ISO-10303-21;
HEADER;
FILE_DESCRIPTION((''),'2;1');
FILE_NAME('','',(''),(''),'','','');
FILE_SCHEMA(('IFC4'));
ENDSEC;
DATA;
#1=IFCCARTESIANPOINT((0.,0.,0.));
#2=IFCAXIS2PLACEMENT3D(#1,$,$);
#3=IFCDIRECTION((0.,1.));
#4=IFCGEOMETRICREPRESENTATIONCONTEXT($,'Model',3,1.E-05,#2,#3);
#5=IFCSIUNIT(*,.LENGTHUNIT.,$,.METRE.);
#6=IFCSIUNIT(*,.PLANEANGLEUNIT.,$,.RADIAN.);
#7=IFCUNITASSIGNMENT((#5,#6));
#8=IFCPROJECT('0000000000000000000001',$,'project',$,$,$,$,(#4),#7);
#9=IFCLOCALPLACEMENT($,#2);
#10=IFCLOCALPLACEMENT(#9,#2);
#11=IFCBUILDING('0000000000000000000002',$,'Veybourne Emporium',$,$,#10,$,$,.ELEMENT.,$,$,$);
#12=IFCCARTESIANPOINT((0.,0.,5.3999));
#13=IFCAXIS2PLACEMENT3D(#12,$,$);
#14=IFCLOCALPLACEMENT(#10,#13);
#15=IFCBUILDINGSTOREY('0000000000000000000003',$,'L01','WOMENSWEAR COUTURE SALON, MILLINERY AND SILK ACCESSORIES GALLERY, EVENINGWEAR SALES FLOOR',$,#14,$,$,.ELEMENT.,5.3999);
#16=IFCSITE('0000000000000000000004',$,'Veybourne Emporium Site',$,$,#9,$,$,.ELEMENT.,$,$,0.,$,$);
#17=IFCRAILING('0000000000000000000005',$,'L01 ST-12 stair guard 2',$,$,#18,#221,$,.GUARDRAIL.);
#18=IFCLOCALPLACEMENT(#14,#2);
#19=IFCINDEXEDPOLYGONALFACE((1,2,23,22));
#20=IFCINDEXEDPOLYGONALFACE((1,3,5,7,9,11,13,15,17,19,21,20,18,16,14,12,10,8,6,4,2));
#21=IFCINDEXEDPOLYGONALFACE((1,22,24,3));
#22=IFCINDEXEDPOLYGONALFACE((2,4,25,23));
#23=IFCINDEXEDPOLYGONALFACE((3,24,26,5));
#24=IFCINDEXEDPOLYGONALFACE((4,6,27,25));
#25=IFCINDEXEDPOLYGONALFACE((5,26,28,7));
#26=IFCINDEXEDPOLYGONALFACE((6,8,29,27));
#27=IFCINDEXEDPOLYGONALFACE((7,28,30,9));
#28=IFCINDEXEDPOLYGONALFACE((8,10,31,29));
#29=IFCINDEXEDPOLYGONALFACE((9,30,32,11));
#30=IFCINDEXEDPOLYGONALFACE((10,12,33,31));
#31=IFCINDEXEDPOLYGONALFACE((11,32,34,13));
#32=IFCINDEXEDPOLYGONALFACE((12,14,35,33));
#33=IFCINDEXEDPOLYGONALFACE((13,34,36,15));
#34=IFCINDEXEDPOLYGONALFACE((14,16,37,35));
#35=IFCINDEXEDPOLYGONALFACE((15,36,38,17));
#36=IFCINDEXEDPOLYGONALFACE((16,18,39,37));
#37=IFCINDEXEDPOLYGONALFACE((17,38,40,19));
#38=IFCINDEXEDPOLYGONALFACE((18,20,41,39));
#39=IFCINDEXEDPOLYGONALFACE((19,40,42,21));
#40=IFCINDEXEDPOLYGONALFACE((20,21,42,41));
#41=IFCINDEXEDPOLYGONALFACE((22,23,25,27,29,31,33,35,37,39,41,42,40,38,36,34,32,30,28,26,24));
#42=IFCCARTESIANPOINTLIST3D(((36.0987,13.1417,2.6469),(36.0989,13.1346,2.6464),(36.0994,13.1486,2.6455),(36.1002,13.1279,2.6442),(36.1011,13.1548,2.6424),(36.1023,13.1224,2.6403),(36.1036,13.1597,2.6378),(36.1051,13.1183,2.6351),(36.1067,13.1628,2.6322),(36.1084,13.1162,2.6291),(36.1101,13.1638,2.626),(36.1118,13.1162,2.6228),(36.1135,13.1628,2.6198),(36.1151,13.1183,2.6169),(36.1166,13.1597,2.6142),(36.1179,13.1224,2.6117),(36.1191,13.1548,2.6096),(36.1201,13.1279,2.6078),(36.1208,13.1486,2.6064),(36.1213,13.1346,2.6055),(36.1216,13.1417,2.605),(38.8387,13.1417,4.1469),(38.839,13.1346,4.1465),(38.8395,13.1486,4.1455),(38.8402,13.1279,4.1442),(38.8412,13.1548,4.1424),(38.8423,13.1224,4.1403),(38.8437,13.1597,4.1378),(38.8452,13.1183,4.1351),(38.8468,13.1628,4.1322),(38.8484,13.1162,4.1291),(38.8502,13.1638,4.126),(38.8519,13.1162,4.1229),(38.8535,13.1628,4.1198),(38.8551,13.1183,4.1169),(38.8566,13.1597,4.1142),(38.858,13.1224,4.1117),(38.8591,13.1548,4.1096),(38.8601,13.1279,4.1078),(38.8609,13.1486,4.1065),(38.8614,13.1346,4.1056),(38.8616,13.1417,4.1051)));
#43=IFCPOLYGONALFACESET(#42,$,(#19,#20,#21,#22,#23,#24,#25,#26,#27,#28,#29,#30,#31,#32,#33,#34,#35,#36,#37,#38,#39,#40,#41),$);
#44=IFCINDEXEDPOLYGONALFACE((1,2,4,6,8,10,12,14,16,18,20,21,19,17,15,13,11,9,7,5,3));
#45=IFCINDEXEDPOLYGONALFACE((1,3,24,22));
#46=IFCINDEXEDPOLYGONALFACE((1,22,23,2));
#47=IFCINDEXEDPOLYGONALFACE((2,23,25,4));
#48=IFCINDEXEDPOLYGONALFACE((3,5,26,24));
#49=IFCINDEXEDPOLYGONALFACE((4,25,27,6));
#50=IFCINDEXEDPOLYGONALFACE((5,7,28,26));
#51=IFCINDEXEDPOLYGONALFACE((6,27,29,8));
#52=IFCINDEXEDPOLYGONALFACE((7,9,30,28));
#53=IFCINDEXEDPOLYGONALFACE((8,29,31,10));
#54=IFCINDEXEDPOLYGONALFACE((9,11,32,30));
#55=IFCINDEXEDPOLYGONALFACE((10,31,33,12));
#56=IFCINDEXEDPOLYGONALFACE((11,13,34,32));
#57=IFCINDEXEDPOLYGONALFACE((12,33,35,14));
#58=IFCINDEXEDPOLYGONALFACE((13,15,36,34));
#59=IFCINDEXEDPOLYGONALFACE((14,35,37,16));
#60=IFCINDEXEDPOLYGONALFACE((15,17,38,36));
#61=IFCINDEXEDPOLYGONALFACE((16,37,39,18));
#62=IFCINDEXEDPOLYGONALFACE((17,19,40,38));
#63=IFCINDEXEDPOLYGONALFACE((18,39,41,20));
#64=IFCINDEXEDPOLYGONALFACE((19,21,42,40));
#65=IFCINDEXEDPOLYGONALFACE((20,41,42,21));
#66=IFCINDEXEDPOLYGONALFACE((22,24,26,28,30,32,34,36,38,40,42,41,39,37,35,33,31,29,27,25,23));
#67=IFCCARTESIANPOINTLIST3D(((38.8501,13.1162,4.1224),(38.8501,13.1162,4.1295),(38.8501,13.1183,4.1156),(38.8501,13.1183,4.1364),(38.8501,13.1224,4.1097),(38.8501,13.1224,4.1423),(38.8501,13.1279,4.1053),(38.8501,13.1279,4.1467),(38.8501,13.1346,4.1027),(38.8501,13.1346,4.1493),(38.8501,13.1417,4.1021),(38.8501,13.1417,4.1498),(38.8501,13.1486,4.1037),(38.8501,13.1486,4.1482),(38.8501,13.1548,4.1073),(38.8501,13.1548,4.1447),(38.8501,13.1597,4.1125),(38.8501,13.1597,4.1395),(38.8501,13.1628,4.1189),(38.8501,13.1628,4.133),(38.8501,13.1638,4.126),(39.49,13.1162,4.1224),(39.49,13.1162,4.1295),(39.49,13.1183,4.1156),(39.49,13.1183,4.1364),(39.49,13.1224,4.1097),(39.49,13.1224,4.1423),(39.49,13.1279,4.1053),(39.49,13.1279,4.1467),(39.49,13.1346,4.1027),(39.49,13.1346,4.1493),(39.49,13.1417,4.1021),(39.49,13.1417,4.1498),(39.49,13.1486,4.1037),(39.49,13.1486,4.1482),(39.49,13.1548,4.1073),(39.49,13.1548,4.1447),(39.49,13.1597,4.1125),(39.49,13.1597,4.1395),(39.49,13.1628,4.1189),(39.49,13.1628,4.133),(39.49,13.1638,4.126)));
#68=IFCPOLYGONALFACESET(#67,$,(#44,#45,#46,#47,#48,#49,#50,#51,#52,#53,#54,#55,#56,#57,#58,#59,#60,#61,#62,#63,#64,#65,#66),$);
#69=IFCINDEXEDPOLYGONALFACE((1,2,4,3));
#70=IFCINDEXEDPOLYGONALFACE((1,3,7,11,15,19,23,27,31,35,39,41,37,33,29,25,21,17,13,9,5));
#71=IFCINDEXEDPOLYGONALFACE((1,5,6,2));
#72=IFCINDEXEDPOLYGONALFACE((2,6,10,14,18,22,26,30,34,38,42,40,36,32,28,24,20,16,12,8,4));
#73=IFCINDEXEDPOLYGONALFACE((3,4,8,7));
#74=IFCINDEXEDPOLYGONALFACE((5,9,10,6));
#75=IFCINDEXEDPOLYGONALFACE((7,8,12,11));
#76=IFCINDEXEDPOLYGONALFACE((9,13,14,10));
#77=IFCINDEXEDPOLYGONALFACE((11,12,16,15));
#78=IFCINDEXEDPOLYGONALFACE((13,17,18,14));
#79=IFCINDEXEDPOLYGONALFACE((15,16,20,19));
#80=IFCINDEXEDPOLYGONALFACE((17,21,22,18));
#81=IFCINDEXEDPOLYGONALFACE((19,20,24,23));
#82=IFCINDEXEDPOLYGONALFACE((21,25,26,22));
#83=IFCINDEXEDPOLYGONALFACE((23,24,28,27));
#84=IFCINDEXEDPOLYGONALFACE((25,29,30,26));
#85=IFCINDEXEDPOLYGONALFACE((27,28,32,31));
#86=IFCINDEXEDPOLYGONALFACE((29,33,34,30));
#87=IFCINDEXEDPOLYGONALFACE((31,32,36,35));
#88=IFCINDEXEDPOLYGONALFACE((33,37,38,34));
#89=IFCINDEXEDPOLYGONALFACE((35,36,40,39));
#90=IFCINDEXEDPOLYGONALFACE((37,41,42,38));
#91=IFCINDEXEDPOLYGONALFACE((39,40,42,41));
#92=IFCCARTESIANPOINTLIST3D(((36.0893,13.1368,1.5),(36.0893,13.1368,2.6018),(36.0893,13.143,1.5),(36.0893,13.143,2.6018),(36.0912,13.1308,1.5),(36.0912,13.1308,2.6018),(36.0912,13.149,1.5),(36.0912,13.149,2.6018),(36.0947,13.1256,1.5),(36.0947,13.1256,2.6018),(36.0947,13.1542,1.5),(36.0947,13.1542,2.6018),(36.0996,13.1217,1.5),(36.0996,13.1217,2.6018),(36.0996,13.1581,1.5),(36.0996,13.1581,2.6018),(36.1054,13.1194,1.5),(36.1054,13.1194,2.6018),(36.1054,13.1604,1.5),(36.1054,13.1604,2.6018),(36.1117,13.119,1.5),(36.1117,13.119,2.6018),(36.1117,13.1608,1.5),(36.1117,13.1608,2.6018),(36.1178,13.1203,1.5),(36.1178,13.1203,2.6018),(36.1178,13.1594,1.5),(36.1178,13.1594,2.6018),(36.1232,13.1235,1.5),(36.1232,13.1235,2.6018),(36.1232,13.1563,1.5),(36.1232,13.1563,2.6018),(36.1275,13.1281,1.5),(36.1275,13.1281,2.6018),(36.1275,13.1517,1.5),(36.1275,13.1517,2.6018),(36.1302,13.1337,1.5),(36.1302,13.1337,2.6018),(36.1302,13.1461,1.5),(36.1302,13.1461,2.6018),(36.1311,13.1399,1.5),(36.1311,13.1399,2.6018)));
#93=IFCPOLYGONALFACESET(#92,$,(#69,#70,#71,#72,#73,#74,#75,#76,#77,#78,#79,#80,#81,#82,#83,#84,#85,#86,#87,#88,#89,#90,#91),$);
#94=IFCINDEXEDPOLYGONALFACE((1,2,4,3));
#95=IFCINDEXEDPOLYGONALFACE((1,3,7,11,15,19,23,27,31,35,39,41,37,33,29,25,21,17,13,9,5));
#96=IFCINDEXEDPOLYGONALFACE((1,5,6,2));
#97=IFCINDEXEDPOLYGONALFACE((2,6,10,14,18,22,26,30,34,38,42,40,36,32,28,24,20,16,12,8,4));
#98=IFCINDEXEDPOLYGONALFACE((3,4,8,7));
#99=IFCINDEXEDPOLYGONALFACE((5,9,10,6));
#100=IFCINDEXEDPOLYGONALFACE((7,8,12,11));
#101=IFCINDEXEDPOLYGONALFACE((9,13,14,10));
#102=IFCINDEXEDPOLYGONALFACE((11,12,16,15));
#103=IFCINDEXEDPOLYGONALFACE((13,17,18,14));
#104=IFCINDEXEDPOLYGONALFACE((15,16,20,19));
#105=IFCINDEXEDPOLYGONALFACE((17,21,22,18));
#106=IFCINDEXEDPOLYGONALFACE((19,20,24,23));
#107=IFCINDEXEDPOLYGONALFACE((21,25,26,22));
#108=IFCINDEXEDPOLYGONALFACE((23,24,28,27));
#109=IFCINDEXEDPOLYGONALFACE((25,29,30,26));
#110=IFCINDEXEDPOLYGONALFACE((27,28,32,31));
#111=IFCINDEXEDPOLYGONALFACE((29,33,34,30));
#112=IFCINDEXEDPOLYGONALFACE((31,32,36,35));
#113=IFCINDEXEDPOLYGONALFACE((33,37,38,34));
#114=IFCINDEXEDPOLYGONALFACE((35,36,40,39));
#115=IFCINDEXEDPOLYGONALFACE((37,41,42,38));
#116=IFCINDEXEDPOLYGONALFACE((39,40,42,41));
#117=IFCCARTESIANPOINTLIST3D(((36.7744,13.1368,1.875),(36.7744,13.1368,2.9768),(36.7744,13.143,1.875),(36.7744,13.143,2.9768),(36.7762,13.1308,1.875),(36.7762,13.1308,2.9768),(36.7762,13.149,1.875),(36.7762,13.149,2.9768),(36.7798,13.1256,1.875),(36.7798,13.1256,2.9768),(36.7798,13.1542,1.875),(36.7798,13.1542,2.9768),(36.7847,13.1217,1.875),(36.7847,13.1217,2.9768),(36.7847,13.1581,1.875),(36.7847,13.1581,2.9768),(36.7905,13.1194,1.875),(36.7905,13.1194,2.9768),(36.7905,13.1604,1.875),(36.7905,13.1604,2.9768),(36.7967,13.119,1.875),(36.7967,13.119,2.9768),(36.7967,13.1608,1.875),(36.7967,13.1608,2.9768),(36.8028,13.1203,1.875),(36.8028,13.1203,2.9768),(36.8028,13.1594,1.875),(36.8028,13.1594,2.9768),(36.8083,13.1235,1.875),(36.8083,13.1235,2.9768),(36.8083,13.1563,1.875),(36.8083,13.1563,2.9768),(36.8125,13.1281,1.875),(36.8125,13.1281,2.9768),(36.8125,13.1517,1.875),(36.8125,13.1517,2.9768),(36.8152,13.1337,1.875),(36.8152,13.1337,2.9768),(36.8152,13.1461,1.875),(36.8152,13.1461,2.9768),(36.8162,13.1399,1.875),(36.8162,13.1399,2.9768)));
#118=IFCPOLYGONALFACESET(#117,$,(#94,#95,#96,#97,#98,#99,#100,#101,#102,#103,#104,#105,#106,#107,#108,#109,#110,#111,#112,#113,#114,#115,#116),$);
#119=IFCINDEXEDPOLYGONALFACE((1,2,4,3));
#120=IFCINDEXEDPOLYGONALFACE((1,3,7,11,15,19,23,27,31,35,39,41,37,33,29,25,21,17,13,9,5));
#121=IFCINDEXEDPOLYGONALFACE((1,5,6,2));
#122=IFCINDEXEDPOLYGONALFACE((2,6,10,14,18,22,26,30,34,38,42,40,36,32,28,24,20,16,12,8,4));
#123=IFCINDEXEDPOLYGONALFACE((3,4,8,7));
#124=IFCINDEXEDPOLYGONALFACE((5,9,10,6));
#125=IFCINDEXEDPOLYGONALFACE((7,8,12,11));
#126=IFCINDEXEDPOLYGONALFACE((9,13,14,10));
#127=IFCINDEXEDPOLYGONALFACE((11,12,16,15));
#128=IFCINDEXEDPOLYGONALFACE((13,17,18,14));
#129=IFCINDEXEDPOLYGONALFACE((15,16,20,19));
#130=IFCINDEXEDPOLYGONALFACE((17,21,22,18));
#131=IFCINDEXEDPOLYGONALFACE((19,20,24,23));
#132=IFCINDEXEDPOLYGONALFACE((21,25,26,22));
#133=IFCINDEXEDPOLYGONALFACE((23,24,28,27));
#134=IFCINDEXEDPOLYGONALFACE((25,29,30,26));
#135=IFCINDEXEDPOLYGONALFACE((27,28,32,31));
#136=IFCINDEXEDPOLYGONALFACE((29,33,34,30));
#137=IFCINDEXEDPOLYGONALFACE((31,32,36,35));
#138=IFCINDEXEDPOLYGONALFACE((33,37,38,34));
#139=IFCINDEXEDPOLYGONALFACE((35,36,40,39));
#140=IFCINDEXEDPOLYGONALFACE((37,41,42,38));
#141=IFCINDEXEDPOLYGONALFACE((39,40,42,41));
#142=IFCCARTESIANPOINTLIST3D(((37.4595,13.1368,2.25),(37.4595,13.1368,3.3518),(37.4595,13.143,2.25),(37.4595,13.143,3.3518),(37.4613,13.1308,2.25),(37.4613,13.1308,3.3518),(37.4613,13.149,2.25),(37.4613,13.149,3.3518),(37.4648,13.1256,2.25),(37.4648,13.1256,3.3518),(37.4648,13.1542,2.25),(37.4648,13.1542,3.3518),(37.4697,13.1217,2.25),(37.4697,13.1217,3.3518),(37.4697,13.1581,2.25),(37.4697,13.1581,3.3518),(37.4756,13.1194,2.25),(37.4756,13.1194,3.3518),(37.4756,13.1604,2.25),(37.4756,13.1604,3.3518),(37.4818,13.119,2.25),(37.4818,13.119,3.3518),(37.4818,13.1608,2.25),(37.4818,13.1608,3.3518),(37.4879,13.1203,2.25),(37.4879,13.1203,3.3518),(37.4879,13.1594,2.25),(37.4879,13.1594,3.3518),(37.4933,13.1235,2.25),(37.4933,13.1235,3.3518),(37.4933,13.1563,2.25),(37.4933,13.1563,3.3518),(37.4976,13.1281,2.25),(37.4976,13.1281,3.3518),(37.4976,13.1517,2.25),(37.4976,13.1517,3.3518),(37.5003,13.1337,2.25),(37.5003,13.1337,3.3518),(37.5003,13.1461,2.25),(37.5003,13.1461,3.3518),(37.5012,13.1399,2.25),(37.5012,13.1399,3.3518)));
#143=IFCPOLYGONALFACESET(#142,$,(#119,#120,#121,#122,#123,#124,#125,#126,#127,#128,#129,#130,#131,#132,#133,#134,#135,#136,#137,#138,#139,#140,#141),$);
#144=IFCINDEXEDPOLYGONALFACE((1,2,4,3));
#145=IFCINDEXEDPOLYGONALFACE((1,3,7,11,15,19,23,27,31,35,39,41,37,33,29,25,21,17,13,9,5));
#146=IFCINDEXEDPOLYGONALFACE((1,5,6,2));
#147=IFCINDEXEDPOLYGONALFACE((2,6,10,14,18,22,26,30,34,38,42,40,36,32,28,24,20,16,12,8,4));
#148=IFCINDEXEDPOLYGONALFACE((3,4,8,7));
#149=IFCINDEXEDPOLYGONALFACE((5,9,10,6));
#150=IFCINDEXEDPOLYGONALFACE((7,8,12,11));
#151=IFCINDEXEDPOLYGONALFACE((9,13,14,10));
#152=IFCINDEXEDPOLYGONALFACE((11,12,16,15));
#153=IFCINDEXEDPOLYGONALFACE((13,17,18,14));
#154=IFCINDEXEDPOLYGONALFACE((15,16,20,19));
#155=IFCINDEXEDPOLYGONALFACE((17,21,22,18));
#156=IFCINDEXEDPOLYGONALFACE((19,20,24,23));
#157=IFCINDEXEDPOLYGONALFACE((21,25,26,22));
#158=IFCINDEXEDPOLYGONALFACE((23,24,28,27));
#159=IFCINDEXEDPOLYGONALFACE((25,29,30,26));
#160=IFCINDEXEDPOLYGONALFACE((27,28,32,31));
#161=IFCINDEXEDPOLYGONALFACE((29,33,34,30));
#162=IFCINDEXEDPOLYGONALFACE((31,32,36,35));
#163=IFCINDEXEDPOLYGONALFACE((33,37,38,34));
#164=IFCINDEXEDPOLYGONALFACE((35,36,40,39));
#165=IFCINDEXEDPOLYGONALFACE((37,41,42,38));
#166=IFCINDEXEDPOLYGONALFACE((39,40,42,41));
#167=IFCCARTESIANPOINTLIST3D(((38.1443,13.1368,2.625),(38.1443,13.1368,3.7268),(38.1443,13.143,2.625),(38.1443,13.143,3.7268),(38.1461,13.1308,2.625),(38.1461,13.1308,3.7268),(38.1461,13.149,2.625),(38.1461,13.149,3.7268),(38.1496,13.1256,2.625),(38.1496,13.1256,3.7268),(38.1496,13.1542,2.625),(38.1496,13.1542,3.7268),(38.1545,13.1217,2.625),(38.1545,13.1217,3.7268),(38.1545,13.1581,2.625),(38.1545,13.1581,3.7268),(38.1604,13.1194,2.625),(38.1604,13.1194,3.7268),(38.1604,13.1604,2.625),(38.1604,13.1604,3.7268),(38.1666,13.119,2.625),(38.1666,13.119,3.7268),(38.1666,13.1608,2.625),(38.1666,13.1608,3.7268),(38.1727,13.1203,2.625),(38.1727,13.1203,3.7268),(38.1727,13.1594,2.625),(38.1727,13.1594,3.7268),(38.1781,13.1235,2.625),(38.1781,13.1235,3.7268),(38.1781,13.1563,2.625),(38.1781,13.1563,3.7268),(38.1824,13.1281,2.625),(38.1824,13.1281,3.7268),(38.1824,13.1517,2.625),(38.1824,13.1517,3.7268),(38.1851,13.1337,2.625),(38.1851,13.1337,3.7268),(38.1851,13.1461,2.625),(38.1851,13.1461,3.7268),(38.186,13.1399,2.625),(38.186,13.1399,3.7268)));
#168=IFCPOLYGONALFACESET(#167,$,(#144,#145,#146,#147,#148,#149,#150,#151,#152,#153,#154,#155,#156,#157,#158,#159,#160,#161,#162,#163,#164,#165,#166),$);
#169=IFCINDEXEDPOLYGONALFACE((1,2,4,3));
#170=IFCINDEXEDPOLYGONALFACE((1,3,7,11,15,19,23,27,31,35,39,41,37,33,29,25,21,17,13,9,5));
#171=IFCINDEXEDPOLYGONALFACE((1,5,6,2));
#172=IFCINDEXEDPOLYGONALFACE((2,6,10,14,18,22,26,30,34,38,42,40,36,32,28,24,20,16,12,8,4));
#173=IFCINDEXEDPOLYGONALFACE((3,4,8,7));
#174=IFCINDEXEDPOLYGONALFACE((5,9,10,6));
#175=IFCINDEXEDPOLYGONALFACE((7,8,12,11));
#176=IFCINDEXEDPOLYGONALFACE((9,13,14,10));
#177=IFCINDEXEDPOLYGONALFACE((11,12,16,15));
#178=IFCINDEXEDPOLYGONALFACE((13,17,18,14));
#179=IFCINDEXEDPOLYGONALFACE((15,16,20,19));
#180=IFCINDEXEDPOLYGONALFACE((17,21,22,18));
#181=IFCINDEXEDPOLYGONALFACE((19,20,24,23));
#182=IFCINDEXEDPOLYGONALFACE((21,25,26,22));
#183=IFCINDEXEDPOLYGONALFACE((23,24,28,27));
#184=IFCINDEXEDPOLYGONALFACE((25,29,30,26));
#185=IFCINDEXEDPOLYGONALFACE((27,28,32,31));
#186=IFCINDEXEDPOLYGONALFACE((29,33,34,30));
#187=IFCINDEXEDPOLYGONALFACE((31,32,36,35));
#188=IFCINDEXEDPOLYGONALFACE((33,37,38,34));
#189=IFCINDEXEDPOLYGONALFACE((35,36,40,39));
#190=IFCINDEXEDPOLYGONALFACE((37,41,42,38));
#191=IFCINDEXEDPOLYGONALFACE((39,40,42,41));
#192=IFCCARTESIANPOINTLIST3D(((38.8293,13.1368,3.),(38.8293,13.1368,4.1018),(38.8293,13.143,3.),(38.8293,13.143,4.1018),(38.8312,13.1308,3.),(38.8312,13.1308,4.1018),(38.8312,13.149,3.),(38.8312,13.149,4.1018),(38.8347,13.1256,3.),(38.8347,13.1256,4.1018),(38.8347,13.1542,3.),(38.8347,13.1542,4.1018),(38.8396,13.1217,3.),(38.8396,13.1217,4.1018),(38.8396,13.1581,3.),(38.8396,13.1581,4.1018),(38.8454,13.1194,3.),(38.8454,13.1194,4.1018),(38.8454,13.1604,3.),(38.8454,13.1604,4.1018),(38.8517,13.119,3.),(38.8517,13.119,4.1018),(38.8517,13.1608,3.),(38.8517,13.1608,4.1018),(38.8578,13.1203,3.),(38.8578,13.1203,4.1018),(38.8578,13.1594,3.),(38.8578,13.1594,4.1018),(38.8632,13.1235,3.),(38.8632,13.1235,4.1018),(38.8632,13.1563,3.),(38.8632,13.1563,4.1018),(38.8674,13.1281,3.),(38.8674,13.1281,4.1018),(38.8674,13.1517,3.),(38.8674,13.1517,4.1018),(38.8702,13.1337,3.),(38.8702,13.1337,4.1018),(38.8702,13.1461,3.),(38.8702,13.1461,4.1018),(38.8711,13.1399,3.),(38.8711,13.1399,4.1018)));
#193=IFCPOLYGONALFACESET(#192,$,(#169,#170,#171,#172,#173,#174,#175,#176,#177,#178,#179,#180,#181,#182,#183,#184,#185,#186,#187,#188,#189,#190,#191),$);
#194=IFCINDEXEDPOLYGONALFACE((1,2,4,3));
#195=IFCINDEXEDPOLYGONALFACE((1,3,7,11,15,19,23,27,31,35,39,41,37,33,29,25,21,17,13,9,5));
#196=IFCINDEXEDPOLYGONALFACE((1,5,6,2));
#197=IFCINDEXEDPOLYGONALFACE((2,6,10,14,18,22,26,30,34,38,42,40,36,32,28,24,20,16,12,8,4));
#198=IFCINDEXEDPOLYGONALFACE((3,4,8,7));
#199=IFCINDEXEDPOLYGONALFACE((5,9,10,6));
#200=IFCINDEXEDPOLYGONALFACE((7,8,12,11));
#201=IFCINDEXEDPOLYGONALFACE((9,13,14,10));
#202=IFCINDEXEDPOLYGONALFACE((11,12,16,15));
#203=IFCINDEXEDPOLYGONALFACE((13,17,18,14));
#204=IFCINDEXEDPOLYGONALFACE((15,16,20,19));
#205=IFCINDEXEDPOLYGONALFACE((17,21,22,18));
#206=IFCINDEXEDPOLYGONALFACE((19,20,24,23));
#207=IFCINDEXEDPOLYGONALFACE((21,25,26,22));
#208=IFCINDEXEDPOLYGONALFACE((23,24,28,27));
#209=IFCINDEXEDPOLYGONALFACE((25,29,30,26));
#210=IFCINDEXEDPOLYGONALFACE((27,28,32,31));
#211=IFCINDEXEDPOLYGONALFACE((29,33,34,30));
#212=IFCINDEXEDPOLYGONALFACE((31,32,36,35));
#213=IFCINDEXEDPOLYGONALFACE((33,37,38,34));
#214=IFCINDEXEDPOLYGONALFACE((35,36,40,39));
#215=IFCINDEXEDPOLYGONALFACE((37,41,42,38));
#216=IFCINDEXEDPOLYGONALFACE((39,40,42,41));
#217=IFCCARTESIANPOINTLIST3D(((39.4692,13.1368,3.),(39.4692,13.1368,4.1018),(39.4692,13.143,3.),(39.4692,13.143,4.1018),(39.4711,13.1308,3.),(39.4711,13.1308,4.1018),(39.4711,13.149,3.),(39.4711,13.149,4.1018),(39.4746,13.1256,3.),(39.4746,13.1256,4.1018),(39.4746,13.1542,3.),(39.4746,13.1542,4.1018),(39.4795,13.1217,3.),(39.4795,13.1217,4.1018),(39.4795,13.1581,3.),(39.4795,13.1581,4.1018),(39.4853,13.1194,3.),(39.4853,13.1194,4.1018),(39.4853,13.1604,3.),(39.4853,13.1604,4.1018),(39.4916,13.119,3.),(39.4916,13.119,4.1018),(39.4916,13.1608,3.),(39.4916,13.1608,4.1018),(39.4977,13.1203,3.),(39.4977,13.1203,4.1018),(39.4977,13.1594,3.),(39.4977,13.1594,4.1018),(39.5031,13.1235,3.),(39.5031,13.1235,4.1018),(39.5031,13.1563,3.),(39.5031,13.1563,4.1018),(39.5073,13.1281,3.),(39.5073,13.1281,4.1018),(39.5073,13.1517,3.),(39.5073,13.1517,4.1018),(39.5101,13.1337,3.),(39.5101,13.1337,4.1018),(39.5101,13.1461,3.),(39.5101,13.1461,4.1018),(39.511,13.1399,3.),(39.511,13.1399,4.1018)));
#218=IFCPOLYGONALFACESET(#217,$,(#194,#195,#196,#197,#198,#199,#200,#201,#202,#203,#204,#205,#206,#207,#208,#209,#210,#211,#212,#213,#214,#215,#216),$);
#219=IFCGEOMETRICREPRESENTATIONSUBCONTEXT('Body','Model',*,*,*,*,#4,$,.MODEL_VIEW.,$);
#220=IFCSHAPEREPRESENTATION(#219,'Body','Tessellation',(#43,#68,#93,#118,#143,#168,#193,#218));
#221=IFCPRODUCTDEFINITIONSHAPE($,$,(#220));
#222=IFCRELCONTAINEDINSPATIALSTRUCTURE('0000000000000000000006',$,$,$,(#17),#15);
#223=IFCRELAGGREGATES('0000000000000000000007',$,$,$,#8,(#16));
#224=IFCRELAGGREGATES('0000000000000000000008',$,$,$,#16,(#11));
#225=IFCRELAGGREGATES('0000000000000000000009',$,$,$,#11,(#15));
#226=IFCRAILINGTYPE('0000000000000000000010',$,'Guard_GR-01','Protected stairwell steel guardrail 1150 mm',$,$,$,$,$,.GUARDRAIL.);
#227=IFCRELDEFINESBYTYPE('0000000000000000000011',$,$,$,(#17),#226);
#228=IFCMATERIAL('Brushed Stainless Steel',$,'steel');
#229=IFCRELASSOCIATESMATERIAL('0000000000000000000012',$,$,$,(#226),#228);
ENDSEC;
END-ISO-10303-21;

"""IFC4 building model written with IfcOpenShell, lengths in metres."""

from ifc_helpers import new_model, si_unit, direction, frame, origin, origin_2d, place, context, subcontext, project, spatial, circle, extrude, material, type_object, element, save


model = new_model("IFC4")

# Units and contexts
model_context = context("Model", 3, precision=1e-05, world=origin(), true_north=direction((0.0, 1.0)))
body_context = subcontext(model_context, "Body", "Model", "MODEL_VIEW")
ifc_project = project(units=[si_unit("LENGTHUNIT", "METRE"), si_unit("PLANEANGLEUNIT", "RADIAN")], contexts=[model_context])

# Site, building, storey
site_placement = place(None, origin())
site = spatial("IfcSite", under=ifc_project, at=site_placement, Name="Veybourne Emporium Site", CompositionType="ELEMENT", RefElevation=0.0)
building_placement = place(site_placement, origin())
building = spatial("IfcBuilding", under=site, at=building_placement, Name="Veybourne Emporium", CompositionType="ELEMENT")
storey_placement = place(building_placement, frame((0.0, 0.0, 5.3999)))
storey = spatial("IfcBuildingStorey", under=building, at=storey_placement, Name="L01", Description="WOMENSWEAR COUTURE SALON, MILLINERY AND SILK ACCESSORIES GALLERY, EVENINGWEAR SALES FLOOR", CompositionType="ELEMENT", Elevation=5.3999)

# Railing
ifc_material_1 = material(Name="Brushed Stainless Steel", Category="steel")
railing_type_1 = type_object("IfcRailingType", Name="Guard_GR-01", Description="Protected stairwell steel guardrail 1150 mm", PredefinedType="GUARDRAIL", material=ifc_material_1)
railing_1_placement = place(storey_placement, frame((36.1101, 13.1399, 1.5)))
element("IfcRailing", 1, at=railing_1_placement, inside=storey, type_object=railing_type_1, Name="L01 ST-12 stair guard 2", PredefinedType="GUARDRAIL", context=body_context, shape_type="SweptSolid", body=[
    extrude(circle(Radius=0.0239, at=origin_2d()), frame((0.0, 0.0, 1.126), z_axis=(0.87716, 0.0, 0.480199), x_axis=(0.0, 1.0, 0.0)), (0.0, 0.0, 1.0), 3.1238),
    extrude(circle(Radius=0.0239, at=origin_2d()), frame((2.74, 0.0, 2.626), z_axis=(1.0, 0.0, 0.0), x_axis=(0.0, 1.0, 0.0)), (0.0, 0.0, 1.0), 0.6399),
    extrude(circle(Radius=0.021, at=origin_2d()), origin(), (0.0, 0.0, 1.0), 1.1018),
    extrude(circle(Radius=0.021, at=origin_2d()), frame((0.6851, 0.0, 0.375)), (0.0, 0.0, 1.0), 1.1018),
    extrude(circle(Radius=0.021, at=origin_2d()), frame((1.3701, 0.0, 0.75)), (0.0, 0.0, 1.0), 1.1018),
    extrude(circle(Radius=0.021, at=origin_2d()), frame((2.0549, 0.0, 1.125)), (0.0, 0.0, 1.0), 1.1018),
    extrude(circle(Radius=0.021, at=origin_2d()), frame((2.74, 0.0, 1.5)), (0.0, 0.0, 1.0), 1.1018),
    extrude(circle(Radius=0.021, at=origin_2d()), frame((3.3799, 0.0, 1.5)), (0.0, 0.0, 1.0), 1.1018),
])

save(model, "model.ifc")
